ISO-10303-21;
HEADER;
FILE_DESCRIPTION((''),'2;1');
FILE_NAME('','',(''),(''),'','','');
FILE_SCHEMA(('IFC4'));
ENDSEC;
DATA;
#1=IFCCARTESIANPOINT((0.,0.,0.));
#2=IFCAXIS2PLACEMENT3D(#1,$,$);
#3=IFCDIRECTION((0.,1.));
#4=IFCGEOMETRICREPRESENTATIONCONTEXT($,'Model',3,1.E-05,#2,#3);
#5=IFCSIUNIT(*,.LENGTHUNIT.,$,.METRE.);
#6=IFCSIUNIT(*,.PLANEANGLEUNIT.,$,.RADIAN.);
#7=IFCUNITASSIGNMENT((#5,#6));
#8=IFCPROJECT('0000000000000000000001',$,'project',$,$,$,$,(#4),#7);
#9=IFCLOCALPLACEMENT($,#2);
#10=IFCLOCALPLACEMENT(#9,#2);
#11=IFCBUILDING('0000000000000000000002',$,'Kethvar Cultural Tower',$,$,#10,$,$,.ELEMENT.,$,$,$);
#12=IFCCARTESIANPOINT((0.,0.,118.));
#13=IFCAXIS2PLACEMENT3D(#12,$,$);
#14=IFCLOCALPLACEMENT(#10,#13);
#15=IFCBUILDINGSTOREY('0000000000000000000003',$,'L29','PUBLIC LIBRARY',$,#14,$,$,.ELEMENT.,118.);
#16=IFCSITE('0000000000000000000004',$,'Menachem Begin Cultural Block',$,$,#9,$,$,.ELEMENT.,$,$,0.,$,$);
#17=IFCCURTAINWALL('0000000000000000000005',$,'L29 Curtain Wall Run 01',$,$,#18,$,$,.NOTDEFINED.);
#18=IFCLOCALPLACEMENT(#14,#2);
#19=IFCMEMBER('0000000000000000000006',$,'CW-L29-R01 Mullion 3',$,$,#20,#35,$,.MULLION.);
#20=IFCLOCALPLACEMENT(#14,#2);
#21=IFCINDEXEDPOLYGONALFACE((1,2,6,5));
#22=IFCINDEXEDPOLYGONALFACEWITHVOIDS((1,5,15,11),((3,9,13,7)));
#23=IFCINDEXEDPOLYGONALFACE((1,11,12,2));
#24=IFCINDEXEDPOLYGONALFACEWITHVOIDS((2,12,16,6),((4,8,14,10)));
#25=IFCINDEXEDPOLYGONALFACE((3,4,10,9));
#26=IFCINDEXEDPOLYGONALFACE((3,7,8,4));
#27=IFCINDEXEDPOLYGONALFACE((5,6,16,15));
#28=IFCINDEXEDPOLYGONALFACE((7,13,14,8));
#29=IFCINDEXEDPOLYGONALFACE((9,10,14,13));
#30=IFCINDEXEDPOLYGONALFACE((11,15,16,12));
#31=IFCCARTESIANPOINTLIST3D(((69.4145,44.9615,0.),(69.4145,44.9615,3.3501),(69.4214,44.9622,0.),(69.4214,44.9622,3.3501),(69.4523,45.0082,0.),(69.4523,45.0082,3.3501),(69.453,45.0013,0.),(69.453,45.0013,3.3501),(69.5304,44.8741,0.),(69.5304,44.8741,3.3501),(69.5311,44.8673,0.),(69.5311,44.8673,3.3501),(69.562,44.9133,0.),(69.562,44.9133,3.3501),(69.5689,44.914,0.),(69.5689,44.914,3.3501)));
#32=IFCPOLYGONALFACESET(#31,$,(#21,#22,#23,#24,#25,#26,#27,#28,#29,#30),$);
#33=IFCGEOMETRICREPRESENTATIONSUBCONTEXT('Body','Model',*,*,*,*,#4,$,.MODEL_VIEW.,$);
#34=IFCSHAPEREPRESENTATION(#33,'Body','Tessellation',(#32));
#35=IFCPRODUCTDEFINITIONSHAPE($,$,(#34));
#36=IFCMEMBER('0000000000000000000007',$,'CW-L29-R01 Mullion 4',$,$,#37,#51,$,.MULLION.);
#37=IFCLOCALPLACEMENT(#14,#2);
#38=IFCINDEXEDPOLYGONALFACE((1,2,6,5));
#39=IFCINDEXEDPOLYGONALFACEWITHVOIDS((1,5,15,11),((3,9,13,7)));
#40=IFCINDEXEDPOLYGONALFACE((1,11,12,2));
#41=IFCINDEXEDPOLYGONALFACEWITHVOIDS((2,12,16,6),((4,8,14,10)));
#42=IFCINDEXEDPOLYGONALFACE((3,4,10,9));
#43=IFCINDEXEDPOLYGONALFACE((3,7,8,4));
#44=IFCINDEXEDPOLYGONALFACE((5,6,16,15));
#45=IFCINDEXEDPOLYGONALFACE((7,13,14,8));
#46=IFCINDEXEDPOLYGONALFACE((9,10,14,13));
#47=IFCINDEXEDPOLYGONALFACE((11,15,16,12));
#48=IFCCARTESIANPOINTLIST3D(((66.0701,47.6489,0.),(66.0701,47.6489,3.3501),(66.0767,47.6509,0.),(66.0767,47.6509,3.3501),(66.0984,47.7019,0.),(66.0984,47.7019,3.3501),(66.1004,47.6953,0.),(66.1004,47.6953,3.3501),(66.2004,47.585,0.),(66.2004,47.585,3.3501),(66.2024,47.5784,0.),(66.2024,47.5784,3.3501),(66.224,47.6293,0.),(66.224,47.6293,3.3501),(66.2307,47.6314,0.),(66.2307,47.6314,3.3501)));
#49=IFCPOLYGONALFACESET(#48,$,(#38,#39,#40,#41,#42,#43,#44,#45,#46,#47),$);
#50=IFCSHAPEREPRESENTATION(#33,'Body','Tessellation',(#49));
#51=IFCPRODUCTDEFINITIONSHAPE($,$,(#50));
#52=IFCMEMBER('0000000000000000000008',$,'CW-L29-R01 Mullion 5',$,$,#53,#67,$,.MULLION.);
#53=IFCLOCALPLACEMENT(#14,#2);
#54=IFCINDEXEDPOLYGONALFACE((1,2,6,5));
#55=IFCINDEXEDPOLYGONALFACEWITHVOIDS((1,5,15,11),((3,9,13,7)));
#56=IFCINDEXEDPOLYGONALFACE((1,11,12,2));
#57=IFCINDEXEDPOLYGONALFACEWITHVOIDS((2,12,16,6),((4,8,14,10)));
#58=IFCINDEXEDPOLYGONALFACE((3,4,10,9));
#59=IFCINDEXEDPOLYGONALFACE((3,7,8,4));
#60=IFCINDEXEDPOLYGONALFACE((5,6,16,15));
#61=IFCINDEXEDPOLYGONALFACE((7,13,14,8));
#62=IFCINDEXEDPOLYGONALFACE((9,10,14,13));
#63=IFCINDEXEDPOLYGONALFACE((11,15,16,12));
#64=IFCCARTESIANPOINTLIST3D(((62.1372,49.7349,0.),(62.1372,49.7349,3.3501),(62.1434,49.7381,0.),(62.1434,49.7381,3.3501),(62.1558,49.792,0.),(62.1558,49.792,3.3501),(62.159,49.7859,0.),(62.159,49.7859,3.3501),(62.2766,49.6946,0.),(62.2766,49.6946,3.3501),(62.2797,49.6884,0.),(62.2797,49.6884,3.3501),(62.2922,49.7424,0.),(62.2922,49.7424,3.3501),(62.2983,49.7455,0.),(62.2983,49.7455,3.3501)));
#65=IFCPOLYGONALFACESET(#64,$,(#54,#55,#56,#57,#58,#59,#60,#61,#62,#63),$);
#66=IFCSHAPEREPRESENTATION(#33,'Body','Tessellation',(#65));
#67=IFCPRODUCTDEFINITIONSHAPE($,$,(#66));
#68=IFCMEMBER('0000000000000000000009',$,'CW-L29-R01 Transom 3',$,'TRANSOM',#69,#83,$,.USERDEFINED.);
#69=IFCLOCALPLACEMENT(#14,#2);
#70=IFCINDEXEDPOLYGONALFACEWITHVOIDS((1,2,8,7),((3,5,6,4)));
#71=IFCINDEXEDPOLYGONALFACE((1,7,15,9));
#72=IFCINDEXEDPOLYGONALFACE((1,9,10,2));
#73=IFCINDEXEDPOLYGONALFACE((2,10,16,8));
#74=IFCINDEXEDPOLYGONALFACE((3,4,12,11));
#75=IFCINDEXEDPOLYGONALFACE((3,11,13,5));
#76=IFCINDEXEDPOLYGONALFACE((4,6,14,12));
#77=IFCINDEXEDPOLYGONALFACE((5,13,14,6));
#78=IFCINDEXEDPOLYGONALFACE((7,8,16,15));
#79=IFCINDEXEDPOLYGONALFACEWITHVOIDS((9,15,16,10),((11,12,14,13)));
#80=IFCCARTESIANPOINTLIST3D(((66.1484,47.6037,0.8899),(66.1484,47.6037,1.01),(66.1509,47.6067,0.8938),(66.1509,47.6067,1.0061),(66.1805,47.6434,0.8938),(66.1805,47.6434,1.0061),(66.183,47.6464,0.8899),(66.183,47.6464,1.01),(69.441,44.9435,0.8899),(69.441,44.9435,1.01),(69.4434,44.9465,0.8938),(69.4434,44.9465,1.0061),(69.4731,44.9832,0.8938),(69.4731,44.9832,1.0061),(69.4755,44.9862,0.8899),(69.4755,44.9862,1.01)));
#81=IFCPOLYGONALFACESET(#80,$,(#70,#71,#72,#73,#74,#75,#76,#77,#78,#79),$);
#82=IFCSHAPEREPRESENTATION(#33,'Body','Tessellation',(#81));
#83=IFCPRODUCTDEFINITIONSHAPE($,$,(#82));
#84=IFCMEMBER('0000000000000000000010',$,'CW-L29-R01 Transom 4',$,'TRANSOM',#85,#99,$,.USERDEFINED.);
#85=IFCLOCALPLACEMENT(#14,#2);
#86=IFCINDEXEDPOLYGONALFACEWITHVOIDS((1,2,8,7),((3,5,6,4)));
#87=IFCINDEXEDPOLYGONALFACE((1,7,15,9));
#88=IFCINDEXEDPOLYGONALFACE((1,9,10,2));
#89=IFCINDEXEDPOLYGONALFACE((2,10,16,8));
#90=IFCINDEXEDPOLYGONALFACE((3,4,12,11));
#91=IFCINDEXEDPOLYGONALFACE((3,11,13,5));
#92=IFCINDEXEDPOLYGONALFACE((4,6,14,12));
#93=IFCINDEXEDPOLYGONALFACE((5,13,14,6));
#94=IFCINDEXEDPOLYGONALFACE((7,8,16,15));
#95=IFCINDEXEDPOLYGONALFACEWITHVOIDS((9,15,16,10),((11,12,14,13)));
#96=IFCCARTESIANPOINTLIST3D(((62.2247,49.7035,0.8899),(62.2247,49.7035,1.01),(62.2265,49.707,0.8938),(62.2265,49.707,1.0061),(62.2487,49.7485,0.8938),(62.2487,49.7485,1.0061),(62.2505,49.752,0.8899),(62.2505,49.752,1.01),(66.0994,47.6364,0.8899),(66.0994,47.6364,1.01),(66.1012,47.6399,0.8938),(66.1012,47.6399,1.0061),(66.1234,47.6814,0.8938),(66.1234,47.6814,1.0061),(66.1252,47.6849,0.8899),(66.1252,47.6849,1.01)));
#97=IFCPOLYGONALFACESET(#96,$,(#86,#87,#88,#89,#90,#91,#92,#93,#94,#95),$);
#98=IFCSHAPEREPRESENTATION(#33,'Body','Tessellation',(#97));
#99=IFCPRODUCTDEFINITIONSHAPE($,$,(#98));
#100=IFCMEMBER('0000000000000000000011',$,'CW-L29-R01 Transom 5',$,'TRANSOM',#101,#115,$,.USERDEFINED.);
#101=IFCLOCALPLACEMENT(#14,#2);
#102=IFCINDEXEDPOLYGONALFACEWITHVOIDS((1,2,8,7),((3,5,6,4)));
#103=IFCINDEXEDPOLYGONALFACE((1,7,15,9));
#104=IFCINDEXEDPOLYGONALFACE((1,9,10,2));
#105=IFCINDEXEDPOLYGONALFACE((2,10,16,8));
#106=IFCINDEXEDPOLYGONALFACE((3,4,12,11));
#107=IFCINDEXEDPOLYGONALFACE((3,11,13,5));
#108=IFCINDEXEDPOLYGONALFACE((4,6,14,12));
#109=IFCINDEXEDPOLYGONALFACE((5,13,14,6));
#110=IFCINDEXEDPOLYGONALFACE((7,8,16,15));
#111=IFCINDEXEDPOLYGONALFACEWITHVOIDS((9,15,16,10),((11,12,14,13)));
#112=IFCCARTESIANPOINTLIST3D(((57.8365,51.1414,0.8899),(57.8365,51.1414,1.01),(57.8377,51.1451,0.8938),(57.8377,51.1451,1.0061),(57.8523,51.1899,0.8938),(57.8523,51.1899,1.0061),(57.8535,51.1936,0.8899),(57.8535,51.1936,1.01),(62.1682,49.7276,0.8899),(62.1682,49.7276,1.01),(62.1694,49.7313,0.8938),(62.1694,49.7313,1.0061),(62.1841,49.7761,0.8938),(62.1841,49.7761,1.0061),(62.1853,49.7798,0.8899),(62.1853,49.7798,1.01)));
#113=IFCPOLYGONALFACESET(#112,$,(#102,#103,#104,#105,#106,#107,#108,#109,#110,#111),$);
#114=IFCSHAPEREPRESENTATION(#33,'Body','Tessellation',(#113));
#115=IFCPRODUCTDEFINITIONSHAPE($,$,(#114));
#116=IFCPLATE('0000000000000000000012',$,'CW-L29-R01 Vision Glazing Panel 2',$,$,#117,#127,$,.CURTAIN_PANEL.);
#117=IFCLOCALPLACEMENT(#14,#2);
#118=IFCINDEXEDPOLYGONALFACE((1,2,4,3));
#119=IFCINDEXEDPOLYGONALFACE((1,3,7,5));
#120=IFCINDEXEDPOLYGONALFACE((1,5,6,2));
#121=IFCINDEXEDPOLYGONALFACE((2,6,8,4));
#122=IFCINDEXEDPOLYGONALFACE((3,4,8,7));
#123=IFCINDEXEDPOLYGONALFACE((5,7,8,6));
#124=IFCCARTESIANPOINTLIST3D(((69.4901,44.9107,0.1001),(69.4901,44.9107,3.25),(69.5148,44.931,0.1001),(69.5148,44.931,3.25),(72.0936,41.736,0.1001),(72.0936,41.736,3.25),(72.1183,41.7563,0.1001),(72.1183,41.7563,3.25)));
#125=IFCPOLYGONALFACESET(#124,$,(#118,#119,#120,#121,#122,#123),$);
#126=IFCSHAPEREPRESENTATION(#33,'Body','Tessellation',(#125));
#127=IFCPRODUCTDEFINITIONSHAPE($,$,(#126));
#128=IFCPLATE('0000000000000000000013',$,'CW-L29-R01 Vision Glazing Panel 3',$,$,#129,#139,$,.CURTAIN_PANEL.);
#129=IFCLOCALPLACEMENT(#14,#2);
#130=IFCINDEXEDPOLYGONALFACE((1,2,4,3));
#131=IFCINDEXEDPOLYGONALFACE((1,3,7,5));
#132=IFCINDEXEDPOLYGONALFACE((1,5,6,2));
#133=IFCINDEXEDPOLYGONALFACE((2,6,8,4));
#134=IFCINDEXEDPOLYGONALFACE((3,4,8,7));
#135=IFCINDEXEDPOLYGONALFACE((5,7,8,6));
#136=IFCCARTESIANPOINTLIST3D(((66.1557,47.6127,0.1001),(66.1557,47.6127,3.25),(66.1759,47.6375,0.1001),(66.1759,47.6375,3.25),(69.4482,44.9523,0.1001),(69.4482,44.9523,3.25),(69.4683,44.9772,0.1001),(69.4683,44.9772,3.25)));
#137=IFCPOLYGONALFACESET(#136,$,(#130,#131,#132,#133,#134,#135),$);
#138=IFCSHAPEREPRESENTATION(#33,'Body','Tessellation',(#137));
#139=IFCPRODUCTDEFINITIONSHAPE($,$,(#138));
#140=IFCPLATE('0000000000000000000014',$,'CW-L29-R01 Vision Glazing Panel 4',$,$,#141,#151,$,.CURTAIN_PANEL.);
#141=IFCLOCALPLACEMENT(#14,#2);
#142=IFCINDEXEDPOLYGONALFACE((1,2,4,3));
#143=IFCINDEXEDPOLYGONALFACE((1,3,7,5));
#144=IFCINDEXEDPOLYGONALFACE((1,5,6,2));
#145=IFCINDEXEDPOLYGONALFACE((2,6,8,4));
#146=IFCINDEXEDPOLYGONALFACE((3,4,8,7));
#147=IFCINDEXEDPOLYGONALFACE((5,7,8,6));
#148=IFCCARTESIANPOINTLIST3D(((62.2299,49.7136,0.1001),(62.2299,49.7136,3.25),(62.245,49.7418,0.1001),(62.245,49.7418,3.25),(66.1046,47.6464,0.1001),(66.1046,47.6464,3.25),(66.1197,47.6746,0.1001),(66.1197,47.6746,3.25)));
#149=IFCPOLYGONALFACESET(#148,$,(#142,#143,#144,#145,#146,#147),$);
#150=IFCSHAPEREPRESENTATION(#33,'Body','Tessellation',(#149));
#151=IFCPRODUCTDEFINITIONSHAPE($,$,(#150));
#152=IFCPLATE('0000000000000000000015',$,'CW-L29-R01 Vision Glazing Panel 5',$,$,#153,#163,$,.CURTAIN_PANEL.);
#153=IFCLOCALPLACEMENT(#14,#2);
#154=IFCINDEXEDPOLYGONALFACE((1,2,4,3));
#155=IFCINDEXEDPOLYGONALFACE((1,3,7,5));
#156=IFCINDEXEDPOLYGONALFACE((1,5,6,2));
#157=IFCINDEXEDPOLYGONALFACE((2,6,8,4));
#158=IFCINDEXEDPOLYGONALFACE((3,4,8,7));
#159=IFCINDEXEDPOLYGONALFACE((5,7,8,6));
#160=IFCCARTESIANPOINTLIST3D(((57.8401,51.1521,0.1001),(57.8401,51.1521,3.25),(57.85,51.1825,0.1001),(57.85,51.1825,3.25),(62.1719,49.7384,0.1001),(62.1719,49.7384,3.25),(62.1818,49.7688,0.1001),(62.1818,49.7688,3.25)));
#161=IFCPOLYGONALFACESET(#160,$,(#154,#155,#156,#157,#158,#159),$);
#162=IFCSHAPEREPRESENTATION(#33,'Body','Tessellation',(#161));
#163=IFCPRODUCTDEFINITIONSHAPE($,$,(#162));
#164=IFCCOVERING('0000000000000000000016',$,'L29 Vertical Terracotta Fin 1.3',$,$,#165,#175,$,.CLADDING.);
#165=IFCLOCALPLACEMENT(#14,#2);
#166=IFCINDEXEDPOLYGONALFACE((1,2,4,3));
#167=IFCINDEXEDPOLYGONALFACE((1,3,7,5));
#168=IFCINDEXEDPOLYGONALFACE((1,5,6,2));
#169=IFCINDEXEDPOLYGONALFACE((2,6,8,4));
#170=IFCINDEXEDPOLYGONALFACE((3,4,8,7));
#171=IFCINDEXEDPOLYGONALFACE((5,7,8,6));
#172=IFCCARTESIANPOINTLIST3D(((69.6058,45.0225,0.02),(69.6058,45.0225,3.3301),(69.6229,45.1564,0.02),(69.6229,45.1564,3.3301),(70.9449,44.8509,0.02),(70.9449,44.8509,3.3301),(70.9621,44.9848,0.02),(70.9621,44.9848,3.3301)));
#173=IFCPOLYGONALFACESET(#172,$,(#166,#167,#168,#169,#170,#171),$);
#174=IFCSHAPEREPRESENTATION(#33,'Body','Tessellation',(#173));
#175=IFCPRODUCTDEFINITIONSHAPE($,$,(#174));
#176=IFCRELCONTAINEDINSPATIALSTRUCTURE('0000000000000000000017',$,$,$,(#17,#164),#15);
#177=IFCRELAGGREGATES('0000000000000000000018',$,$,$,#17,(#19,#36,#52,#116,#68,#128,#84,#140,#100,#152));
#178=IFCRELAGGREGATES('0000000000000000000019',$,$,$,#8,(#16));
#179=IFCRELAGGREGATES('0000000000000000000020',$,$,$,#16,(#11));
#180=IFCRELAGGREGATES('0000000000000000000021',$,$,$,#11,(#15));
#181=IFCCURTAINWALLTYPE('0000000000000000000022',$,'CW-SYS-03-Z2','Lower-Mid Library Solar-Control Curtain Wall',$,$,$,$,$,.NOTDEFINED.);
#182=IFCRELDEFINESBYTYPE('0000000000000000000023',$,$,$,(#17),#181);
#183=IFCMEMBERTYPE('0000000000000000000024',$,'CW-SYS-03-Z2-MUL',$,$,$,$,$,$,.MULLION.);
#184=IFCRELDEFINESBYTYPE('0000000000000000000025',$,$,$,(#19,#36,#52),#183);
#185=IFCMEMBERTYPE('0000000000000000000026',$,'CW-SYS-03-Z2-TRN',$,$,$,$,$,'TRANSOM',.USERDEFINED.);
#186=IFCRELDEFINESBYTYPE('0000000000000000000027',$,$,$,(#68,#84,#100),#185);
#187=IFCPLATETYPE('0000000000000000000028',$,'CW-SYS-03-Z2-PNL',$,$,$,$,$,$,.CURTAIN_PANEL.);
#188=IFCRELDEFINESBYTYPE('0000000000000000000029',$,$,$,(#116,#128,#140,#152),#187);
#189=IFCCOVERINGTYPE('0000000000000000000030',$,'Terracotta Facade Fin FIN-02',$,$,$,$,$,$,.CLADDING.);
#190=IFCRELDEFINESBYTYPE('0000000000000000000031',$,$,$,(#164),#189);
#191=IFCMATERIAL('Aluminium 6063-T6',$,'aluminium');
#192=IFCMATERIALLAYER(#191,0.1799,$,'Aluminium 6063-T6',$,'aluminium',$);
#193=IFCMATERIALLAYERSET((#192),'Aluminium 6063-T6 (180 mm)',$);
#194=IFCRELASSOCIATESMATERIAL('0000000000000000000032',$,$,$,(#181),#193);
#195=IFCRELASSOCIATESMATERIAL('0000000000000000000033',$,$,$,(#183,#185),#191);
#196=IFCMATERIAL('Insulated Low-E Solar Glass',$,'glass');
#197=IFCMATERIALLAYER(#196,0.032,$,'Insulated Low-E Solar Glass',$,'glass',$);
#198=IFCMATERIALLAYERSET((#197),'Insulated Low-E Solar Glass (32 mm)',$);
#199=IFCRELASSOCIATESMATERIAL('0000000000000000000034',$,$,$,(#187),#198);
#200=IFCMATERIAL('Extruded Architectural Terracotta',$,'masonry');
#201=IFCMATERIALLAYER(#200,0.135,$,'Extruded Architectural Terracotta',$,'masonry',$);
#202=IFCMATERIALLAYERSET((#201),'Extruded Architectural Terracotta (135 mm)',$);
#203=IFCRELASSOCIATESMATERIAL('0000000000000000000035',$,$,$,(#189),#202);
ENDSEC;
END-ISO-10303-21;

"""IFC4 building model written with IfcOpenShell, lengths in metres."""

from ifc_helpers import new_model, si_unit, direction, frame, origin, origin_2d, place, context, subcontext, project, spatial, rectangle, hollow_rectangle, extrude, source, transform, mapped, material, layer, layer_set, material_profile, profile_set, type_object, element, aggregate, save


model = new_model("IFC4")

# Units and contexts
model_context = context("Model", 3, precision=1e-05, world=origin(), true_north=direction((0.0, 1.0)))
body_context = subcontext(model_context, "Body", "Model", "MODEL_VIEW")
ifc_project = project(units=[si_unit("LENGTHUNIT", "METRE"), si_unit("PLANEANGLEUNIT", "RADIAN")], contexts=[model_context])

# Site, building, storey
site_placement = place(None, origin())
site = spatial("IfcSite", under=ifc_project, at=site_placement, Name="Menachem Begin Cultural Block", CompositionType="ELEMENT", RefElevation=0.0)
building_placement = place(site_placement, origin())
building = spatial("IfcBuilding", under=site, at=building_placement, Name="Kethvar Cultural Tower", CompositionType="ELEMENT")
storey_placement = place(building_placement, frame((0.0, 0.0, 118.0)))
storey = spatial("IfcBuildingStorey", under=building, at=storey_placement, Name="L29", Description="PUBLIC LIBRARY", CompositionType="ELEMENT", Elevation=118.0)

# Curtain wall, members, plates
ifc_material_1 = material(Name="Aluminium 6063-T6", Category="aluminium")
ifc_layer_1 = layer(ifc_material_1, 0.1799, Name="Aluminium 6063-T6", Category="aluminium")
ifc_layer_set_1 = layer_set([ifc_layer_1], Name="Aluminium 6063-T6 (180 mm)")
curtain_wall_type = type_object("IfcCurtainWallType", Name="CW-SYS-03-Z2", Description="Lower-Mid Library Solar-Control Curtain Wall", PredefinedType="NOTDEFINED", material=ifc_layer_set_1)
curtain_wall_placement = place(storey_placement, origin())
curtain_wall = element("IfcCurtainWall", 1, at=curtain_wall_placement, inside=storey, type_object=curtain_wall_type, Name="L29 Curtain Wall Run 01", PredefinedType="NOTDEFINED")
ifc_material_profile_1 = material_profile(ifc_material_1, hollow_rectangle(XDim=0.0601, YDim=0.1499, WallThickness=0.0049, at=origin_2d()), Name="Aluminium 6063-T6 — RHS150x60x5")
ifc_profile_set_1 = profile_set([ifc_material_profile_1], Name="Aluminium 6063-T6 — RHS150x60x5")
member_type_1 = type_object("IfcMemberType", Name="CW-SYS-03-Z2-MUL", PredefinedType="MULLION", material=ifc_profile_set_1)
shared_shape_1 = source(origin(), body_context, "Body", "SweptSolid", [
    extrude(hollow_rectangle(XDim=0.0601, YDim=0.1499, WallThickness=0.0049, at=origin_2d()), origin(), (0.0, 0.0, 1.0), 3.3501),
])
member_1_placement = place(storey_placement, frame((69.4917, 44.9377, 0.0), z_axis=(0.0, 0.0, 1.0), x_axis=(-0.628493, -0.777816, 0.0)))
member_1 = element("IfcMember", 2, at=member_1_placement, type_object=member_type_1, Name="CW-L29-R01 Mullion 3", PredefinedType="MULLION", context=body_context, shape_type="MappedRepresentation", body=[
    mapped(shared_shape_1, transform((0.0, 0.0, 0.0), scale=1.0)),
])
member_2_placement = place(storey_placement, frame((66.1504, 47.6401, 0.0), z_axis=(0.0, 0.0, 1.0), x_axis=(-0.470704, -0.882291, 0.0)))
member_2 = element("IfcMember", 3, at=member_2_placement, type_object=member_type_1, Name="CW-L29-R01 Mullion 4", PredefinedType="MULLION", context=body_context, shape_type="MappedRepresentation", body=[
    mapped(shared_shape_1, transform((0.0, 0.0, 0.0), scale=1.0)),
])
member_3_placement = place(storey_placement, frame((62.2178, 49.7402, 0.0), z_axis=(0.0, 0.0, 1.0), x_axis=(-0.310245, -0.950657, 0.0)))
member_3 = element("IfcMember", 4, at=member_3_placement, type_object=member_type_1, Name="CW-L29-R01 Mullion 5", PredefinedType="MULLION", context=body_context, shape_type="MappedRepresentation", body=[
    mapped(shared_shape_1, transform((0.0, 0.0, 0.0), scale=1.0)),
])
ifc_material_profile_2 = material_profile(ifc_material_1, hollow_rectangle(XDim=0.0549, YDim=0.1201, WallThickness=0.0039, at=origin_2d()), Name="Aluminium 6063-T6 — RHS120x55x4")
ifc_profile_set_2 = profile_set([ifc_material_profile_2], Name="Aluminium 6063-T6 — RHS120x55x4")
member_type_2 = type_object("IfcMemberType", Name="CW-SYS-03-Z2-TRN", ElementType="TRANSOM", PredefinedType="USERDEFINED", material=ifc_profile_set_2)
shared_shape_2 = source(origin(), body_context, "Body", "SweptSolid", [
    extrude(hollow_rectangle(XDim=0.0549, YDim=0.1201, WallThickness=0.0039, at=origin_2d()), origin(), (0.0, 0.0, 1.0), 4.2329),
])
member_4_placement = place(storey_placement, frame((69.4583, 44.9648, 0.95), z_axis=(-0.777844, 0.628458, 0.0), x_axis=(-0.628458, -0.777844, 0.0)))
member_4 = element("IfcMember", 5, at=member_4_placement, type_object=member_type_2, Name="CW-L29-R01 Transom 3", ObjectType="TRANSOM", PredefinedType="USERDEFINED", context=body_context, shape_type="MappedRepresentation", body=[
    mapped(shared_shape_2, transform((0.0, 0.0, 0.0), scale=1.0)),
])
shared_shape_3 = source(origin(), body_context, "Body", "SweptSolid", [
    extrude(hollow_rectangle(XDim=0.0549, YDim=0.1201, WallThickness=0.0039, at=origin_2d()), origin(), (0.0, 0.0, 1.0), 4.3916),
])
member_5_placement = place(storey_placement, frame((66.1123, 47.6606, 0.95), z_axis=(-0.882296, 0.470695, 0.0), x_axis=(-0.470695, -0.882296, 0.0)))
member_5 = element("IfcMember", 6, at=member_5_placement, type_object=member_type_2, Name="CW-L29-R01 Transom 4", ObjectType="TRANSOM", PredefinedType="USERDEFINED", context=body_context, shape_type="MappedRepresentation", body=[
    mapped(shared_shape_3, transform((0.0, 0.0, 0.0), scale=1.0)),
])
shared_shape_4 = source(origin(), body_context, "Body", "SweptSolid", [
    extrude(hollow_rectangle(XDim=0.0549, YDim=0.1201, WallThickness=0.0039, at=origin_2d()), origin(), (0.0, 0.0, 1.0), 4.5566),
])
member_6_placement = place(storey_placement, frame((62.1768, 49.7537, 0.95), z_axis=(-0.950647, 0.310274, 0.0), x_axis=(-0.310274, -0.950647, 0.0)))
member_6 = element("IfcMember", 7, at=member_6_placement, type_object=member_type_2, Name="CW-L29-R01 Transom 5", ObjectType="TRANSOM", PredefinedType="USERDEFINED", context=body_context, shape_type="MappedRepresentation", body=[
    mapped(shared_shape_4, transform((0.0, 0.0, 0.0), scale=1.0)),
])
ifc_material_2 = material(Name="Insulated Low-E Solar Glass", Category="glass")
ifc_layer_2 = layer(ifc_material_2, 0.032, Name="Insulated Low-E Solar Glass", Category="glass")
ifc_layer_set_2 = layer_set([ifc_layer_2], Name="Insulated Low-E Solar Glass (32 mm)")
plate_type = type_object("IfcPlateType", Name="CW-SYS-03-Z2-PNL", PredefinedType="CURTAIN_PANEL", material=ifc_layer_set_2)
shared_shape_5 = source(origin(), body_context, "Body", "SweptSolid", [
    extrude(rectangle(XDim=4.1057, YDim=0.032, at=origin_2d()), origin(), (0.0, 0.0, 1.0), 3.1499),
])
plate_1_placement = place(storey_placement, frame((70.8042, 43.3335, 0.1001), z_axis=(0.0, 0.0, 1.0), x_axis=(-0.63411, 0.773243, 0.0)))
plate_1 = element("IfcPlate", 8, at=plate_1_placement, type_object=plate_type, Name="CW-L29-R01 Vision Glazing Panel 2", PredefinedType="CURTAIN_PANEL", context=body_context, shape_type="MappedRepresentation", body=[
    mapped(shared_shape_5, transform((0.0, 0.0, 0.0), scale=1.0)),
])
shared_shape_6 = source(origin(), body_context, "Body", "SweptSolid", [
    extrude(rectangle(XDim=4.2329, YDim=0.032, at=origin_2d()), origin(), (0.0, 0.0, 1.0), 3.1499),
])
plate_2_placement = place(storey_placement, frame((67.812, 46.2949, 0.1001), z_axis=(0.0, 0.0, 1.0), x_axis=(-0.777816, 0.628493, 0.0)))
plate_2 = element("IfcPlate", 9, at=plate_2_placement, type_object=plate_type, Name="CW-L29-R01 Vision Glazing Panel 3", PredefinedType="CURTAIN_PANEL", context=body_context, shape_type="MappedRepresentation", body=[
    mapped(shared_shape_6, transform((0.0, 0.0, 0.0), scale=1.0)),
])
shared_shape_7 = source(origin(), body_context, "Body", "SweptSolid", [
    extrude(rectangle(XDim=4.3916, YDim=0.032, at=origin_2d()), origin(), (0.0, 0.0, 1.0), 3.1499),
])
plate_3_placement = place(storey_placement, frame((64.1748, 48.6941, 0.1001), z_axis=(0.0, 0.0, 1.0), x_axis=(-0.882291, 0.470704, 0.0)))
plate_3 = element("IfcPlate", 10, at=plate_3_placement, type_object=plate_type, Name="CW-L29-R01 Vision Glazing Panel 4", PredefinedType="CURTAIN_PANEL", context=body_context, shape_type="MappedRepresentation", body=[
    mapped(shared_shape_7, transform((0.0, 0.0, 0.0), scale=1.0)),
])
shared_shape_8 = source(origin(), body_context, "Body", "SweptSolid", [
    extrude(rectangle(XDim=4.5566, YDim=0.032, at=origin_2d()), origin(), (0.0, 0.0, 1.0), 3.1499),
])
plate_4_placement = place(storey_placement, frame((60.011, 50.4604, 0.1001), z_axis=(0.0, 0.0, 1.0), x_axis=(-0.950657, 0.310245, 0.0)))
plate_4 = element("IfcPlate", 11, at=plate_4_placement, type_object=plate_type, Name="CW-L29-R01 Vision Glazing Panel 5", PredefinedType="CURTAIN_PANEL", context=body_context, shape_type="MappedRepresentation", body=[
    mapped(shared_shape_8, transform((0.0, 0.0, 0.0), scale=1.0)),
])
aggregate(curtain_wall, [member_1, member_2, member_3, plate_1, member_4, plate_2, member_5, plate_3, member_6, plate_4])

# Covering
ifc_material_3 = material(Name="Extruded Architectural Terracotta", Category="masonry")
ifc_layer_3 = layer(ifc_material_3, 0.135, Name="Extruded Architectural Terracotta", Category="masonry")
ifc_layer_set_3 = layer_set([ifc_layer_3], Name="Extruded Architectural Terracotta (135 mm)")
covering_type = type_object("IfcCoveringType", Name="Terracotta Facade Fin FIN-02", PredefinedType="CLADDING", material=ifc_layer_set_3)
shared_shape_9 = source(origin(), body_context, "Body", "SweptSolid", [
    extrude(rectangle(XDim=1.3501, YDim=0.135, at=origin_2d()), origin(), (0.0, 0.0, 1.0), 3.3101),
])
for number, where, z_axis, x_axis, name in (
    (12, (70.2839, 45.0037, 0.02), (0.0, 0.0, 1.0), (0.991894, -0.127065, 0.0), "L29 Vertical Terracotta Fin 1.3"),
):
    element("IfcCovering", number, at=place(storey_placement, frame(where, z_axis=z_axis, x_axis=x_axis)), inside=storey, type_object=covering_type, Name=name, PredefinedType="CLADDING", context=body_context, shape_type="MappedRepresentation", body=[
        mapped(shared_shape_9, transform((0.0, 0.0, 0.0), scale=1.0)),
    ])

save(model, "model.ifc")
